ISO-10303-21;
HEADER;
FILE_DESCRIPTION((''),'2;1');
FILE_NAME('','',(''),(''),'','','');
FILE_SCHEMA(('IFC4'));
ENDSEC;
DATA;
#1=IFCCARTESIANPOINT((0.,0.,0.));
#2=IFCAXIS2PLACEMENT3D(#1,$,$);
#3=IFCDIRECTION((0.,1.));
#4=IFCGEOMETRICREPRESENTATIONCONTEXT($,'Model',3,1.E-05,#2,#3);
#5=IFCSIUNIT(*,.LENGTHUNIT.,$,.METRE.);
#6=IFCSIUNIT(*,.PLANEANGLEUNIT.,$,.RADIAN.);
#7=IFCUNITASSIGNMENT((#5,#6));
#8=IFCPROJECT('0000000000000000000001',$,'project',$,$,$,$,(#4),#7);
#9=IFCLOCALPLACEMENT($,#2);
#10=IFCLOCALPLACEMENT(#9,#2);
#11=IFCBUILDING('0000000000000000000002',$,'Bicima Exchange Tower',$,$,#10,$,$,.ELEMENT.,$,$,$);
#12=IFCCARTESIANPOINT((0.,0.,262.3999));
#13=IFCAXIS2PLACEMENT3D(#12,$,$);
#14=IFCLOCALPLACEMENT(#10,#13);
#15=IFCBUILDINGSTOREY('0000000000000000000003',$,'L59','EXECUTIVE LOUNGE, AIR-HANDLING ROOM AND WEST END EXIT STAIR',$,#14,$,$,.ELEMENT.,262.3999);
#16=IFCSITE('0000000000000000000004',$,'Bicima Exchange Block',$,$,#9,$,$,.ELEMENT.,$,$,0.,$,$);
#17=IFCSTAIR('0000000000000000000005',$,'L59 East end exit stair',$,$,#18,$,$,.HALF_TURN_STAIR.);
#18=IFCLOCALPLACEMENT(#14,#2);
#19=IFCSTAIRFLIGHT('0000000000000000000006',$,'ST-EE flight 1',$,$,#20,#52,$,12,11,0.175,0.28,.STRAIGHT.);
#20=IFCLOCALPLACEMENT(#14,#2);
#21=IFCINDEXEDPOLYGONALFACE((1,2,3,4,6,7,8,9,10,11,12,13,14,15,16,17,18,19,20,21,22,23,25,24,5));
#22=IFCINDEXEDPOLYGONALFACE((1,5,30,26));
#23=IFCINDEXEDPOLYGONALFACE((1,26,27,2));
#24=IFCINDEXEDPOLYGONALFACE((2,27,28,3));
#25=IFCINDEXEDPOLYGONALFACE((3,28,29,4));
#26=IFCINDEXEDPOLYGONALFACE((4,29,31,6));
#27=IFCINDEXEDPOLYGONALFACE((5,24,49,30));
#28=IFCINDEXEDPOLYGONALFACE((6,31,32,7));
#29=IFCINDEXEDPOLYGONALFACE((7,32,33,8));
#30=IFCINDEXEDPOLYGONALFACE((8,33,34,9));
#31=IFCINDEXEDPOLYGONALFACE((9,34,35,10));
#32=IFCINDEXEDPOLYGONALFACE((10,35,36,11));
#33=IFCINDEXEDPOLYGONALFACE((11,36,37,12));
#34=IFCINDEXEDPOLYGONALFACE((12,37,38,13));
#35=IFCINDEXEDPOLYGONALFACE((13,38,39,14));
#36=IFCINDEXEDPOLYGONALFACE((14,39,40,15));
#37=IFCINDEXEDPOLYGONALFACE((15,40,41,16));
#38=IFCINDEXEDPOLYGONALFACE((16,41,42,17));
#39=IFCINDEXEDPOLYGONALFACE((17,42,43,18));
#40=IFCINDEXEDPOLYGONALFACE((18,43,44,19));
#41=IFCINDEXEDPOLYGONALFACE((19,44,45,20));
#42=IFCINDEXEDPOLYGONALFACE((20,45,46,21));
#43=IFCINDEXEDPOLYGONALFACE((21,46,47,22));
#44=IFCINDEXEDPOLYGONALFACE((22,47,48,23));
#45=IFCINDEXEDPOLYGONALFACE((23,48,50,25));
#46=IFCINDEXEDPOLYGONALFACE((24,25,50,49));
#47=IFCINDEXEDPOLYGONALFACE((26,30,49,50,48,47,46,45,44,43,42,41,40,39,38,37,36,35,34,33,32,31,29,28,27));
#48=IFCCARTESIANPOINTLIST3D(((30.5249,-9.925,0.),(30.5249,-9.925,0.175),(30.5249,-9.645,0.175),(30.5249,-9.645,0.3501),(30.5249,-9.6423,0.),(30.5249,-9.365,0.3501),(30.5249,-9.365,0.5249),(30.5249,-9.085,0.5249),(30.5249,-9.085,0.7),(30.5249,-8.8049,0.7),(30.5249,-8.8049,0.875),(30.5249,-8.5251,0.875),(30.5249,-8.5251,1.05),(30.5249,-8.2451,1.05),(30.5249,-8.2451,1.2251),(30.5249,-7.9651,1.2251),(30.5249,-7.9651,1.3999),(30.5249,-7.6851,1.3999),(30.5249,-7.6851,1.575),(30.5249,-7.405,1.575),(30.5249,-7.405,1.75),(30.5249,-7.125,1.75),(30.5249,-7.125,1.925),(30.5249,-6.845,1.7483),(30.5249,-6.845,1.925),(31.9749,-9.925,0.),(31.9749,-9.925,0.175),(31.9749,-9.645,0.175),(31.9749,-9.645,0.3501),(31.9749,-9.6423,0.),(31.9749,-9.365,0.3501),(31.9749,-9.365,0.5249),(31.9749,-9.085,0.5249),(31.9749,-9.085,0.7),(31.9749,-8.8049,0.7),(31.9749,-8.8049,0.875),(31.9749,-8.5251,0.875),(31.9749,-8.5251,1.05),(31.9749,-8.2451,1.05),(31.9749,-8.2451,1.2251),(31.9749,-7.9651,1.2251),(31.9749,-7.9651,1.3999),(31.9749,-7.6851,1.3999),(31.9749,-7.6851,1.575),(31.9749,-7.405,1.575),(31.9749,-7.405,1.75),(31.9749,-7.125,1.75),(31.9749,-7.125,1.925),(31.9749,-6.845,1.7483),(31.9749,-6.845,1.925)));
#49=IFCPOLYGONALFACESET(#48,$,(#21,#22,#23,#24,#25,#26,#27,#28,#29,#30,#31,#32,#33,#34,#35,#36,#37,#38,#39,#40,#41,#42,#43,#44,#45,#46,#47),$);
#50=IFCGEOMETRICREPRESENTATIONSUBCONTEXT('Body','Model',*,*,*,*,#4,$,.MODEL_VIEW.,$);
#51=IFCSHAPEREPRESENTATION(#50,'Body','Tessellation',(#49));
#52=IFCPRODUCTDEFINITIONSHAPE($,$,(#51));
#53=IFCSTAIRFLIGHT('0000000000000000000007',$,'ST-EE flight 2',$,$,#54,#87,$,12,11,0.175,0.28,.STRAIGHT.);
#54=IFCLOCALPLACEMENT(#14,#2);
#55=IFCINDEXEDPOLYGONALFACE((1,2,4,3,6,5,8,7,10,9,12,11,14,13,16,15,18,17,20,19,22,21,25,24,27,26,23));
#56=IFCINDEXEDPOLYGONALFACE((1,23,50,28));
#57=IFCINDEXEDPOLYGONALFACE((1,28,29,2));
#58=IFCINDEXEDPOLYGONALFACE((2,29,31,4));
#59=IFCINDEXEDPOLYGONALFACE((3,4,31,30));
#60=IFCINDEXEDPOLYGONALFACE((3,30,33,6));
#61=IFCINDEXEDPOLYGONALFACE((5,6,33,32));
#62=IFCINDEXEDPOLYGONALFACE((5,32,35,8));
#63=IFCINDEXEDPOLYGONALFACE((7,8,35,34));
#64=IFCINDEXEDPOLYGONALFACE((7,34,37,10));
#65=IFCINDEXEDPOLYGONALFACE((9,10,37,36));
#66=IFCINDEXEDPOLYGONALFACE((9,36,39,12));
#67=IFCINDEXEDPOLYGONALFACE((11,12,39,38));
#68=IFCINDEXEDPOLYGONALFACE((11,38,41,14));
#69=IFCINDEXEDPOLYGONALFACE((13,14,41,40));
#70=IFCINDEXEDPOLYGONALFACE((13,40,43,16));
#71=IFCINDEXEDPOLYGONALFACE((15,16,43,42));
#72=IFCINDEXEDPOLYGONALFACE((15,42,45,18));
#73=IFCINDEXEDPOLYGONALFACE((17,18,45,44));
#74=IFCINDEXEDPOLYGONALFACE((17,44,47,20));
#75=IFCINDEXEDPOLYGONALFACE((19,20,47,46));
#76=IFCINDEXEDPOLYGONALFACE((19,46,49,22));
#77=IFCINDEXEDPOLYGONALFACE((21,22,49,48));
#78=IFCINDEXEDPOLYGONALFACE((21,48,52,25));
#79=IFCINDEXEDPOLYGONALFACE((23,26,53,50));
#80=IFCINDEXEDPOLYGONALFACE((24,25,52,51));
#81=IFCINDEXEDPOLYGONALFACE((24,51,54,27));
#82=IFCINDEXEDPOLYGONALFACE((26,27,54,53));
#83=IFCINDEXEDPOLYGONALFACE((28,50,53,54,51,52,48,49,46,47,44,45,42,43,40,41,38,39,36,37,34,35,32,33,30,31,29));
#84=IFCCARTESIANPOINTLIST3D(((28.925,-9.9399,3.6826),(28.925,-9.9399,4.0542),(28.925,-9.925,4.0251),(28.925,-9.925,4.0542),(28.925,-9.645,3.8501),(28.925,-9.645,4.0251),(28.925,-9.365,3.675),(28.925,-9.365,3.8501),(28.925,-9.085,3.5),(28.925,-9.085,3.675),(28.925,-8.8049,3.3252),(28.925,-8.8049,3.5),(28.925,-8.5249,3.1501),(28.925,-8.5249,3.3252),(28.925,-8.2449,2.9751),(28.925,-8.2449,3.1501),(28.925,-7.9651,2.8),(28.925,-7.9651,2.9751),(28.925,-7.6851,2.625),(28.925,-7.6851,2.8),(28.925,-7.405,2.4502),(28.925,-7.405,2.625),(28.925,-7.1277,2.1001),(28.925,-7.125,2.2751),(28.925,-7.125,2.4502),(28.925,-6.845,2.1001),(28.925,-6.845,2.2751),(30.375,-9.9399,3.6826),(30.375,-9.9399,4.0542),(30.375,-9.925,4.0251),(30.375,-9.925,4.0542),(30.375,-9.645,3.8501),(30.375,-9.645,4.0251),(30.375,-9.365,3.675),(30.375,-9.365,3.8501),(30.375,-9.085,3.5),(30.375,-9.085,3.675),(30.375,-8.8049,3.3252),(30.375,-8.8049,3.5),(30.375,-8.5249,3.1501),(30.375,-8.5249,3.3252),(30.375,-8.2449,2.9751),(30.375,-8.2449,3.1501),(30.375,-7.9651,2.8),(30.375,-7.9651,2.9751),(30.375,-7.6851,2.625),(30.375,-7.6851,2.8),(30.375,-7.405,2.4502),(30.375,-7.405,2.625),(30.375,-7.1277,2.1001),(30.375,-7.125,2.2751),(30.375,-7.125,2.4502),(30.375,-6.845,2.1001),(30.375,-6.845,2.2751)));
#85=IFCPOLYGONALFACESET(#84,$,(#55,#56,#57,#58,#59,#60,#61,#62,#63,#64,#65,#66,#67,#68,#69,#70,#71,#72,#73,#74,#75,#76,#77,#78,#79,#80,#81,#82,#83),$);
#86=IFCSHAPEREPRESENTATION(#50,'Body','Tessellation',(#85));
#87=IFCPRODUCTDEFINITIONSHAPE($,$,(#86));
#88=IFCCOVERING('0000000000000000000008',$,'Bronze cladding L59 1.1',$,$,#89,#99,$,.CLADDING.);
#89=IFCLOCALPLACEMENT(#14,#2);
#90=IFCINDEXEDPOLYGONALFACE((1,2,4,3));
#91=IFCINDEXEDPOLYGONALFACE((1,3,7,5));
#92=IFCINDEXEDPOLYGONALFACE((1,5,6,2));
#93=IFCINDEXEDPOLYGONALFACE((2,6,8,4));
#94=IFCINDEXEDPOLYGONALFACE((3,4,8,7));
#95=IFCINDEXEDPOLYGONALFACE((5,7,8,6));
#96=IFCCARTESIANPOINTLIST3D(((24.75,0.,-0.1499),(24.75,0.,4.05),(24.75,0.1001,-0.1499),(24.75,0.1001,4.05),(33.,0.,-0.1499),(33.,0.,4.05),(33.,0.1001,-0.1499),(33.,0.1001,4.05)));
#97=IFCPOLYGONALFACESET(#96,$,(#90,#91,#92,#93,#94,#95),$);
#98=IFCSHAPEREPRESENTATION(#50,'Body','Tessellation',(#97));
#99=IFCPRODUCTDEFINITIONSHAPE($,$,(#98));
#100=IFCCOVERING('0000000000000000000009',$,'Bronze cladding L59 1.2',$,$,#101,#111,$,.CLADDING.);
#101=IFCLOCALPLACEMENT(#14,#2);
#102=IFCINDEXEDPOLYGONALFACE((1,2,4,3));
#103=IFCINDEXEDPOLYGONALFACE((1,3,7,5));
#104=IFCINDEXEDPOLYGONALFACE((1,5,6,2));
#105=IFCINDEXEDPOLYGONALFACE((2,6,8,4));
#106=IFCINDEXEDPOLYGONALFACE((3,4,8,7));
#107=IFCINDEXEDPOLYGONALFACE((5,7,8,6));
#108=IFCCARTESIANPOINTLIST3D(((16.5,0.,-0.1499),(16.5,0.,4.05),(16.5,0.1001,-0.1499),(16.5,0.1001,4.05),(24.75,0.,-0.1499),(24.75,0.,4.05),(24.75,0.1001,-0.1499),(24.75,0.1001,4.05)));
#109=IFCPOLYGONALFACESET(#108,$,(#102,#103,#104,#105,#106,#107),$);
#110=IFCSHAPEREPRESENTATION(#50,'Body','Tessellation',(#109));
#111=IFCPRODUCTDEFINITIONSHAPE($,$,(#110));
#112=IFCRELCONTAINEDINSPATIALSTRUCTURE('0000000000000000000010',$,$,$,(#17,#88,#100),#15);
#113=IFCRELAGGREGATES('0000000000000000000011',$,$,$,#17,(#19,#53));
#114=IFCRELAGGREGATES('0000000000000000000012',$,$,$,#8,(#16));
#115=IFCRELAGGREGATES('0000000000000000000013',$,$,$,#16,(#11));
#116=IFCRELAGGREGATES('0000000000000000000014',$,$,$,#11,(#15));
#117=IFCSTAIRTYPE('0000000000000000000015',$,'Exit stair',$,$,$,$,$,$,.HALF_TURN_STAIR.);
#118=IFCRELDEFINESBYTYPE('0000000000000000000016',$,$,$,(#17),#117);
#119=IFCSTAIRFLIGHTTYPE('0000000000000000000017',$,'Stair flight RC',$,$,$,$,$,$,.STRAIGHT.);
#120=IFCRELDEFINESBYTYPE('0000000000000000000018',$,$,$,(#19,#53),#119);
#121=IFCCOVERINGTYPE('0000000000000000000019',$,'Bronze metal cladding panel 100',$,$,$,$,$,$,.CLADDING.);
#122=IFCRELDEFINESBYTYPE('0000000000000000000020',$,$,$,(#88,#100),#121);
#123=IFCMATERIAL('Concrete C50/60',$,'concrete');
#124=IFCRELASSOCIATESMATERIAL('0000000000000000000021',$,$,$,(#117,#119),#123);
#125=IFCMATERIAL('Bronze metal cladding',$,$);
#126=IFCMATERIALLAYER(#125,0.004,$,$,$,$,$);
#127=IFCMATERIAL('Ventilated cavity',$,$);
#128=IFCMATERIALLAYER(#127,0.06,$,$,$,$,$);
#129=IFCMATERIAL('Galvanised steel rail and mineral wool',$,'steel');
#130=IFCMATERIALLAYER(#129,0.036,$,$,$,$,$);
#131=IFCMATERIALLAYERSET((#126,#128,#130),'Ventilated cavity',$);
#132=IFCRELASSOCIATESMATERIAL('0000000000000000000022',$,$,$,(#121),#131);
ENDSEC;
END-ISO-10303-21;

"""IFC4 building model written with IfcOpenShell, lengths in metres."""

from ifc_helpers import new_model, si_unit, direction, frame, origin, origin_2d, place, context, subcontext, project, spatial, polyline, rectangle, outline, extrude, material, layer, layer_set, type_object, element, aggregate, save


model = new_model("IFC4")

# Units and contexts
model_context = context("Model", 3, precision=1e-05, world=origin(), true_north=direction((0.0, 1.0)))
body_context = subcontext(model_context, "Body", "Model", "MODEL_VIEW")
ifc_project = project(units=[si_unit("LENGTHUNIT", "METRE"), si_unit("PLANEANGLEUNIT", "RADIAN")], contexts=[model_context])

# Site, building, storey
site_placement = place(None, origin())
site = spatial("IfcSite", under=ifc_project, at=site_placement, Name="Bicima Exchange Block", CompositionType="ELEMENT", RefElevation=0.0)
building_placement = place(site_placement, origin())
building = spatial("IfcBuilding", under=site, at=building_placement, Name="Bicima Exchange Tower", CompositionType="ELEMENT")
storey_placement = place(building_placement, frame((0.0, 0.0, 262.3999)))
storey = spatial("IfcBuildingStorey", under=building, at=storey_placement, Name="L59", Description="EXECUTIVE LOUNGE, AIR-HANDLING ROOM AND WEST END EXIT STAIR", CompositionType="ELEMENT", Elevation=262.3999)

# Shared definitions
ifc_material_1 = material(Name="Concrete C50/60", Category="concrete")

# Shared definitions
stair_type = type_object("IfcStairType", Name="Exit stair", PredefinedType="HALF_TURN_STAIR", material=ifc_material_1)
stair_flight_type = type_object("IfcStairFlightType", Name="Stair flight RC", PredefinedType="STRAIGHT", material=ifc_material_1)

# Stair, stair flights
stair_1_placement = place(storey_placement, origin())
stair_1 = element("IfcStair", 1, at=stair_1_placement, inside=storey, type_object=stair_type, Name="L59 East end exit stair", PredefinedType="HALF_TURN_STAIR")
stair_flight_1_placement = place(storey_placement, frame((31.25, -9.925, 0.0), z_axis=(0.0, 0.0, 1.0), x_axis=(0.0, 1.0, 0.0)))
stair_flight_1 = element("IfcStairFlight", 2, at=stair_flight_1_placement, type_object=stair_flight_type, Name="ST-EE flight 1", NumberOfRisers=12, NumberOfTreads=11, PredefinedType="STRAIGHT", RiserHeight=0.175, TreadLength=0.28, context=body_context, shape_type="SweptSolid", body=[
    extrude(outline(polyline([(0.0, 0.0), (0.0, 0.175), (0.28, 0.175), (0.28, 0.3501), (0.5601, 0.3501), (0.5601, 0.5249), (0.8401, 0.5249), (0.8401, 0.7), (1.1201, 0.7), (1.1201, 0.875), (1.3999, 0.875), (1.3999, 1.05), (1.6799, 1.05), (1.6799, 1.2251), (1.96, 1.2251), (1.96, 1.3999), (2.24, 1.3999), (2.24, 1.575), (2.52, 1.575), (2.52, 1.75), (2.8, 1.75), (2.8, 1.925), (3.0801, 1.925), (3.0801, 2.1001), (3.0801, 1.7483), (0.2827, 0.0), (0.0, 0.0)])), frame((0.0, 0.7251, 0.0), z_axis=(0.0, -1.0, 0.0), x_axis=(1.0, 0.0, 0.0)), (0.0, 0.0, 1.0), 1.45),
])
stair_flight_2_placement = place(storey_placement, frame((29.6499, -6.845, 2.1001), z_axis=(0.0, 0.0, 1.0), x_axis=(0.0, -1.0, 0.0)))
stair_flight_2 = element("IfcStairFlight", 3, at=stair_flight_2_placement, type_object=stair_flight_type, Name="ST-EE flight 2", NumberOfRisers=12, NumberOfTreads=11, PredefinedType="STRAIGHT", RiserHeight=0.175, TreadLength=0.28, context=body_context, shape_type="SweptSolid", body=[
    extrude(outline(polyline([(0.0, 0.0), (0.0, 0.175), (0.28, 0.175), (0.28, 0.3501), (0.5601, 0.3501), (0.5601, 0.5249), (0.8401, 0.5249), (0.8401, 0.7), (1.1201, 0.7), (1.1201, 0.875), (1.3999, 0.875), (1.3999, 1.05), (1.6799, 1.05), (1.6799, 1.2251), (1.96, 1.2251), (1.96, 1.3999), (2.24, 1.3999), (2.24, 1.575), (2.52, 1.575), (2.52, 1.75), (2.8, 1.75), (2.8, 1.925), (3.0801, 1.925), (3.0801, 1.9541), (3.095, 1.9541), (3.095, 1.5825), (0.2827, 0.0), (0.0, 0.0)])), frame((0.0, 0.7251, 0.0), z_axis=(0.0, -1.0, 0.0), x_axis=(1.0, 0.0, 0.0)), (0.0, 0.0, 1.0), 1.45),
])
aggregate(stair_1, [stair_flight_1, stair_flight_2])

# Coverings
ifc_material_2 = material(Name="Bronze metal cladding")
ifc_layer_1 = layer(ifc_material_2, 0.004)
ifc_material_3 = material(Name="Ventilated cavity")
ifc_layer_2 = layer(ifc_material_3, 0.06)
ifc_material_4 = material(Name="Galvanised steel rail and mineral wool", Category="steel")
ifc_layer_3 = layer(ifc_material_4, 0.036)
ifc_layer_set_1 = layer_set([ifc_layer_1, ifc_layer_2, ifc_layer_3], Name="Ventilated cavity")
covering_type = type_object("IfcCoveringType", Name="Bronze metal cladding panel 100", PredefinedType="CLADDING", material=ifc_layer_set_1)
for number, where, z_axis, x_axis, name in (
    (4, (28.875, 0.05, -0.1499), (0.0, 0.0, 1.0), (-1.0, 0.0, 0.0), "Bronze cladding L59 1.1"),
    (5, (20.625, 0.05, -0.1499), (0.0, 0.0, 1.0), (-1.0, 0.0, 0.0), "Bronze cladding L59 1.2"),
):
    element("IfcCovering", number, at=place(storey_placement, frame(where, z_axis=z_axis, x_axis=x_axis)), inside=storey, type_object=covering_type, Name=name, PredefinedType="CLADDING", context=body_context, shape_type="SweptSolid", body=[
        extrude(rectangle(XDim=8.25, YDim=0.1001, at=origin_2d()), origin(), (0.0, 0.0, 1.0), 4.2),
    ])

save(model, "model.ifc")
